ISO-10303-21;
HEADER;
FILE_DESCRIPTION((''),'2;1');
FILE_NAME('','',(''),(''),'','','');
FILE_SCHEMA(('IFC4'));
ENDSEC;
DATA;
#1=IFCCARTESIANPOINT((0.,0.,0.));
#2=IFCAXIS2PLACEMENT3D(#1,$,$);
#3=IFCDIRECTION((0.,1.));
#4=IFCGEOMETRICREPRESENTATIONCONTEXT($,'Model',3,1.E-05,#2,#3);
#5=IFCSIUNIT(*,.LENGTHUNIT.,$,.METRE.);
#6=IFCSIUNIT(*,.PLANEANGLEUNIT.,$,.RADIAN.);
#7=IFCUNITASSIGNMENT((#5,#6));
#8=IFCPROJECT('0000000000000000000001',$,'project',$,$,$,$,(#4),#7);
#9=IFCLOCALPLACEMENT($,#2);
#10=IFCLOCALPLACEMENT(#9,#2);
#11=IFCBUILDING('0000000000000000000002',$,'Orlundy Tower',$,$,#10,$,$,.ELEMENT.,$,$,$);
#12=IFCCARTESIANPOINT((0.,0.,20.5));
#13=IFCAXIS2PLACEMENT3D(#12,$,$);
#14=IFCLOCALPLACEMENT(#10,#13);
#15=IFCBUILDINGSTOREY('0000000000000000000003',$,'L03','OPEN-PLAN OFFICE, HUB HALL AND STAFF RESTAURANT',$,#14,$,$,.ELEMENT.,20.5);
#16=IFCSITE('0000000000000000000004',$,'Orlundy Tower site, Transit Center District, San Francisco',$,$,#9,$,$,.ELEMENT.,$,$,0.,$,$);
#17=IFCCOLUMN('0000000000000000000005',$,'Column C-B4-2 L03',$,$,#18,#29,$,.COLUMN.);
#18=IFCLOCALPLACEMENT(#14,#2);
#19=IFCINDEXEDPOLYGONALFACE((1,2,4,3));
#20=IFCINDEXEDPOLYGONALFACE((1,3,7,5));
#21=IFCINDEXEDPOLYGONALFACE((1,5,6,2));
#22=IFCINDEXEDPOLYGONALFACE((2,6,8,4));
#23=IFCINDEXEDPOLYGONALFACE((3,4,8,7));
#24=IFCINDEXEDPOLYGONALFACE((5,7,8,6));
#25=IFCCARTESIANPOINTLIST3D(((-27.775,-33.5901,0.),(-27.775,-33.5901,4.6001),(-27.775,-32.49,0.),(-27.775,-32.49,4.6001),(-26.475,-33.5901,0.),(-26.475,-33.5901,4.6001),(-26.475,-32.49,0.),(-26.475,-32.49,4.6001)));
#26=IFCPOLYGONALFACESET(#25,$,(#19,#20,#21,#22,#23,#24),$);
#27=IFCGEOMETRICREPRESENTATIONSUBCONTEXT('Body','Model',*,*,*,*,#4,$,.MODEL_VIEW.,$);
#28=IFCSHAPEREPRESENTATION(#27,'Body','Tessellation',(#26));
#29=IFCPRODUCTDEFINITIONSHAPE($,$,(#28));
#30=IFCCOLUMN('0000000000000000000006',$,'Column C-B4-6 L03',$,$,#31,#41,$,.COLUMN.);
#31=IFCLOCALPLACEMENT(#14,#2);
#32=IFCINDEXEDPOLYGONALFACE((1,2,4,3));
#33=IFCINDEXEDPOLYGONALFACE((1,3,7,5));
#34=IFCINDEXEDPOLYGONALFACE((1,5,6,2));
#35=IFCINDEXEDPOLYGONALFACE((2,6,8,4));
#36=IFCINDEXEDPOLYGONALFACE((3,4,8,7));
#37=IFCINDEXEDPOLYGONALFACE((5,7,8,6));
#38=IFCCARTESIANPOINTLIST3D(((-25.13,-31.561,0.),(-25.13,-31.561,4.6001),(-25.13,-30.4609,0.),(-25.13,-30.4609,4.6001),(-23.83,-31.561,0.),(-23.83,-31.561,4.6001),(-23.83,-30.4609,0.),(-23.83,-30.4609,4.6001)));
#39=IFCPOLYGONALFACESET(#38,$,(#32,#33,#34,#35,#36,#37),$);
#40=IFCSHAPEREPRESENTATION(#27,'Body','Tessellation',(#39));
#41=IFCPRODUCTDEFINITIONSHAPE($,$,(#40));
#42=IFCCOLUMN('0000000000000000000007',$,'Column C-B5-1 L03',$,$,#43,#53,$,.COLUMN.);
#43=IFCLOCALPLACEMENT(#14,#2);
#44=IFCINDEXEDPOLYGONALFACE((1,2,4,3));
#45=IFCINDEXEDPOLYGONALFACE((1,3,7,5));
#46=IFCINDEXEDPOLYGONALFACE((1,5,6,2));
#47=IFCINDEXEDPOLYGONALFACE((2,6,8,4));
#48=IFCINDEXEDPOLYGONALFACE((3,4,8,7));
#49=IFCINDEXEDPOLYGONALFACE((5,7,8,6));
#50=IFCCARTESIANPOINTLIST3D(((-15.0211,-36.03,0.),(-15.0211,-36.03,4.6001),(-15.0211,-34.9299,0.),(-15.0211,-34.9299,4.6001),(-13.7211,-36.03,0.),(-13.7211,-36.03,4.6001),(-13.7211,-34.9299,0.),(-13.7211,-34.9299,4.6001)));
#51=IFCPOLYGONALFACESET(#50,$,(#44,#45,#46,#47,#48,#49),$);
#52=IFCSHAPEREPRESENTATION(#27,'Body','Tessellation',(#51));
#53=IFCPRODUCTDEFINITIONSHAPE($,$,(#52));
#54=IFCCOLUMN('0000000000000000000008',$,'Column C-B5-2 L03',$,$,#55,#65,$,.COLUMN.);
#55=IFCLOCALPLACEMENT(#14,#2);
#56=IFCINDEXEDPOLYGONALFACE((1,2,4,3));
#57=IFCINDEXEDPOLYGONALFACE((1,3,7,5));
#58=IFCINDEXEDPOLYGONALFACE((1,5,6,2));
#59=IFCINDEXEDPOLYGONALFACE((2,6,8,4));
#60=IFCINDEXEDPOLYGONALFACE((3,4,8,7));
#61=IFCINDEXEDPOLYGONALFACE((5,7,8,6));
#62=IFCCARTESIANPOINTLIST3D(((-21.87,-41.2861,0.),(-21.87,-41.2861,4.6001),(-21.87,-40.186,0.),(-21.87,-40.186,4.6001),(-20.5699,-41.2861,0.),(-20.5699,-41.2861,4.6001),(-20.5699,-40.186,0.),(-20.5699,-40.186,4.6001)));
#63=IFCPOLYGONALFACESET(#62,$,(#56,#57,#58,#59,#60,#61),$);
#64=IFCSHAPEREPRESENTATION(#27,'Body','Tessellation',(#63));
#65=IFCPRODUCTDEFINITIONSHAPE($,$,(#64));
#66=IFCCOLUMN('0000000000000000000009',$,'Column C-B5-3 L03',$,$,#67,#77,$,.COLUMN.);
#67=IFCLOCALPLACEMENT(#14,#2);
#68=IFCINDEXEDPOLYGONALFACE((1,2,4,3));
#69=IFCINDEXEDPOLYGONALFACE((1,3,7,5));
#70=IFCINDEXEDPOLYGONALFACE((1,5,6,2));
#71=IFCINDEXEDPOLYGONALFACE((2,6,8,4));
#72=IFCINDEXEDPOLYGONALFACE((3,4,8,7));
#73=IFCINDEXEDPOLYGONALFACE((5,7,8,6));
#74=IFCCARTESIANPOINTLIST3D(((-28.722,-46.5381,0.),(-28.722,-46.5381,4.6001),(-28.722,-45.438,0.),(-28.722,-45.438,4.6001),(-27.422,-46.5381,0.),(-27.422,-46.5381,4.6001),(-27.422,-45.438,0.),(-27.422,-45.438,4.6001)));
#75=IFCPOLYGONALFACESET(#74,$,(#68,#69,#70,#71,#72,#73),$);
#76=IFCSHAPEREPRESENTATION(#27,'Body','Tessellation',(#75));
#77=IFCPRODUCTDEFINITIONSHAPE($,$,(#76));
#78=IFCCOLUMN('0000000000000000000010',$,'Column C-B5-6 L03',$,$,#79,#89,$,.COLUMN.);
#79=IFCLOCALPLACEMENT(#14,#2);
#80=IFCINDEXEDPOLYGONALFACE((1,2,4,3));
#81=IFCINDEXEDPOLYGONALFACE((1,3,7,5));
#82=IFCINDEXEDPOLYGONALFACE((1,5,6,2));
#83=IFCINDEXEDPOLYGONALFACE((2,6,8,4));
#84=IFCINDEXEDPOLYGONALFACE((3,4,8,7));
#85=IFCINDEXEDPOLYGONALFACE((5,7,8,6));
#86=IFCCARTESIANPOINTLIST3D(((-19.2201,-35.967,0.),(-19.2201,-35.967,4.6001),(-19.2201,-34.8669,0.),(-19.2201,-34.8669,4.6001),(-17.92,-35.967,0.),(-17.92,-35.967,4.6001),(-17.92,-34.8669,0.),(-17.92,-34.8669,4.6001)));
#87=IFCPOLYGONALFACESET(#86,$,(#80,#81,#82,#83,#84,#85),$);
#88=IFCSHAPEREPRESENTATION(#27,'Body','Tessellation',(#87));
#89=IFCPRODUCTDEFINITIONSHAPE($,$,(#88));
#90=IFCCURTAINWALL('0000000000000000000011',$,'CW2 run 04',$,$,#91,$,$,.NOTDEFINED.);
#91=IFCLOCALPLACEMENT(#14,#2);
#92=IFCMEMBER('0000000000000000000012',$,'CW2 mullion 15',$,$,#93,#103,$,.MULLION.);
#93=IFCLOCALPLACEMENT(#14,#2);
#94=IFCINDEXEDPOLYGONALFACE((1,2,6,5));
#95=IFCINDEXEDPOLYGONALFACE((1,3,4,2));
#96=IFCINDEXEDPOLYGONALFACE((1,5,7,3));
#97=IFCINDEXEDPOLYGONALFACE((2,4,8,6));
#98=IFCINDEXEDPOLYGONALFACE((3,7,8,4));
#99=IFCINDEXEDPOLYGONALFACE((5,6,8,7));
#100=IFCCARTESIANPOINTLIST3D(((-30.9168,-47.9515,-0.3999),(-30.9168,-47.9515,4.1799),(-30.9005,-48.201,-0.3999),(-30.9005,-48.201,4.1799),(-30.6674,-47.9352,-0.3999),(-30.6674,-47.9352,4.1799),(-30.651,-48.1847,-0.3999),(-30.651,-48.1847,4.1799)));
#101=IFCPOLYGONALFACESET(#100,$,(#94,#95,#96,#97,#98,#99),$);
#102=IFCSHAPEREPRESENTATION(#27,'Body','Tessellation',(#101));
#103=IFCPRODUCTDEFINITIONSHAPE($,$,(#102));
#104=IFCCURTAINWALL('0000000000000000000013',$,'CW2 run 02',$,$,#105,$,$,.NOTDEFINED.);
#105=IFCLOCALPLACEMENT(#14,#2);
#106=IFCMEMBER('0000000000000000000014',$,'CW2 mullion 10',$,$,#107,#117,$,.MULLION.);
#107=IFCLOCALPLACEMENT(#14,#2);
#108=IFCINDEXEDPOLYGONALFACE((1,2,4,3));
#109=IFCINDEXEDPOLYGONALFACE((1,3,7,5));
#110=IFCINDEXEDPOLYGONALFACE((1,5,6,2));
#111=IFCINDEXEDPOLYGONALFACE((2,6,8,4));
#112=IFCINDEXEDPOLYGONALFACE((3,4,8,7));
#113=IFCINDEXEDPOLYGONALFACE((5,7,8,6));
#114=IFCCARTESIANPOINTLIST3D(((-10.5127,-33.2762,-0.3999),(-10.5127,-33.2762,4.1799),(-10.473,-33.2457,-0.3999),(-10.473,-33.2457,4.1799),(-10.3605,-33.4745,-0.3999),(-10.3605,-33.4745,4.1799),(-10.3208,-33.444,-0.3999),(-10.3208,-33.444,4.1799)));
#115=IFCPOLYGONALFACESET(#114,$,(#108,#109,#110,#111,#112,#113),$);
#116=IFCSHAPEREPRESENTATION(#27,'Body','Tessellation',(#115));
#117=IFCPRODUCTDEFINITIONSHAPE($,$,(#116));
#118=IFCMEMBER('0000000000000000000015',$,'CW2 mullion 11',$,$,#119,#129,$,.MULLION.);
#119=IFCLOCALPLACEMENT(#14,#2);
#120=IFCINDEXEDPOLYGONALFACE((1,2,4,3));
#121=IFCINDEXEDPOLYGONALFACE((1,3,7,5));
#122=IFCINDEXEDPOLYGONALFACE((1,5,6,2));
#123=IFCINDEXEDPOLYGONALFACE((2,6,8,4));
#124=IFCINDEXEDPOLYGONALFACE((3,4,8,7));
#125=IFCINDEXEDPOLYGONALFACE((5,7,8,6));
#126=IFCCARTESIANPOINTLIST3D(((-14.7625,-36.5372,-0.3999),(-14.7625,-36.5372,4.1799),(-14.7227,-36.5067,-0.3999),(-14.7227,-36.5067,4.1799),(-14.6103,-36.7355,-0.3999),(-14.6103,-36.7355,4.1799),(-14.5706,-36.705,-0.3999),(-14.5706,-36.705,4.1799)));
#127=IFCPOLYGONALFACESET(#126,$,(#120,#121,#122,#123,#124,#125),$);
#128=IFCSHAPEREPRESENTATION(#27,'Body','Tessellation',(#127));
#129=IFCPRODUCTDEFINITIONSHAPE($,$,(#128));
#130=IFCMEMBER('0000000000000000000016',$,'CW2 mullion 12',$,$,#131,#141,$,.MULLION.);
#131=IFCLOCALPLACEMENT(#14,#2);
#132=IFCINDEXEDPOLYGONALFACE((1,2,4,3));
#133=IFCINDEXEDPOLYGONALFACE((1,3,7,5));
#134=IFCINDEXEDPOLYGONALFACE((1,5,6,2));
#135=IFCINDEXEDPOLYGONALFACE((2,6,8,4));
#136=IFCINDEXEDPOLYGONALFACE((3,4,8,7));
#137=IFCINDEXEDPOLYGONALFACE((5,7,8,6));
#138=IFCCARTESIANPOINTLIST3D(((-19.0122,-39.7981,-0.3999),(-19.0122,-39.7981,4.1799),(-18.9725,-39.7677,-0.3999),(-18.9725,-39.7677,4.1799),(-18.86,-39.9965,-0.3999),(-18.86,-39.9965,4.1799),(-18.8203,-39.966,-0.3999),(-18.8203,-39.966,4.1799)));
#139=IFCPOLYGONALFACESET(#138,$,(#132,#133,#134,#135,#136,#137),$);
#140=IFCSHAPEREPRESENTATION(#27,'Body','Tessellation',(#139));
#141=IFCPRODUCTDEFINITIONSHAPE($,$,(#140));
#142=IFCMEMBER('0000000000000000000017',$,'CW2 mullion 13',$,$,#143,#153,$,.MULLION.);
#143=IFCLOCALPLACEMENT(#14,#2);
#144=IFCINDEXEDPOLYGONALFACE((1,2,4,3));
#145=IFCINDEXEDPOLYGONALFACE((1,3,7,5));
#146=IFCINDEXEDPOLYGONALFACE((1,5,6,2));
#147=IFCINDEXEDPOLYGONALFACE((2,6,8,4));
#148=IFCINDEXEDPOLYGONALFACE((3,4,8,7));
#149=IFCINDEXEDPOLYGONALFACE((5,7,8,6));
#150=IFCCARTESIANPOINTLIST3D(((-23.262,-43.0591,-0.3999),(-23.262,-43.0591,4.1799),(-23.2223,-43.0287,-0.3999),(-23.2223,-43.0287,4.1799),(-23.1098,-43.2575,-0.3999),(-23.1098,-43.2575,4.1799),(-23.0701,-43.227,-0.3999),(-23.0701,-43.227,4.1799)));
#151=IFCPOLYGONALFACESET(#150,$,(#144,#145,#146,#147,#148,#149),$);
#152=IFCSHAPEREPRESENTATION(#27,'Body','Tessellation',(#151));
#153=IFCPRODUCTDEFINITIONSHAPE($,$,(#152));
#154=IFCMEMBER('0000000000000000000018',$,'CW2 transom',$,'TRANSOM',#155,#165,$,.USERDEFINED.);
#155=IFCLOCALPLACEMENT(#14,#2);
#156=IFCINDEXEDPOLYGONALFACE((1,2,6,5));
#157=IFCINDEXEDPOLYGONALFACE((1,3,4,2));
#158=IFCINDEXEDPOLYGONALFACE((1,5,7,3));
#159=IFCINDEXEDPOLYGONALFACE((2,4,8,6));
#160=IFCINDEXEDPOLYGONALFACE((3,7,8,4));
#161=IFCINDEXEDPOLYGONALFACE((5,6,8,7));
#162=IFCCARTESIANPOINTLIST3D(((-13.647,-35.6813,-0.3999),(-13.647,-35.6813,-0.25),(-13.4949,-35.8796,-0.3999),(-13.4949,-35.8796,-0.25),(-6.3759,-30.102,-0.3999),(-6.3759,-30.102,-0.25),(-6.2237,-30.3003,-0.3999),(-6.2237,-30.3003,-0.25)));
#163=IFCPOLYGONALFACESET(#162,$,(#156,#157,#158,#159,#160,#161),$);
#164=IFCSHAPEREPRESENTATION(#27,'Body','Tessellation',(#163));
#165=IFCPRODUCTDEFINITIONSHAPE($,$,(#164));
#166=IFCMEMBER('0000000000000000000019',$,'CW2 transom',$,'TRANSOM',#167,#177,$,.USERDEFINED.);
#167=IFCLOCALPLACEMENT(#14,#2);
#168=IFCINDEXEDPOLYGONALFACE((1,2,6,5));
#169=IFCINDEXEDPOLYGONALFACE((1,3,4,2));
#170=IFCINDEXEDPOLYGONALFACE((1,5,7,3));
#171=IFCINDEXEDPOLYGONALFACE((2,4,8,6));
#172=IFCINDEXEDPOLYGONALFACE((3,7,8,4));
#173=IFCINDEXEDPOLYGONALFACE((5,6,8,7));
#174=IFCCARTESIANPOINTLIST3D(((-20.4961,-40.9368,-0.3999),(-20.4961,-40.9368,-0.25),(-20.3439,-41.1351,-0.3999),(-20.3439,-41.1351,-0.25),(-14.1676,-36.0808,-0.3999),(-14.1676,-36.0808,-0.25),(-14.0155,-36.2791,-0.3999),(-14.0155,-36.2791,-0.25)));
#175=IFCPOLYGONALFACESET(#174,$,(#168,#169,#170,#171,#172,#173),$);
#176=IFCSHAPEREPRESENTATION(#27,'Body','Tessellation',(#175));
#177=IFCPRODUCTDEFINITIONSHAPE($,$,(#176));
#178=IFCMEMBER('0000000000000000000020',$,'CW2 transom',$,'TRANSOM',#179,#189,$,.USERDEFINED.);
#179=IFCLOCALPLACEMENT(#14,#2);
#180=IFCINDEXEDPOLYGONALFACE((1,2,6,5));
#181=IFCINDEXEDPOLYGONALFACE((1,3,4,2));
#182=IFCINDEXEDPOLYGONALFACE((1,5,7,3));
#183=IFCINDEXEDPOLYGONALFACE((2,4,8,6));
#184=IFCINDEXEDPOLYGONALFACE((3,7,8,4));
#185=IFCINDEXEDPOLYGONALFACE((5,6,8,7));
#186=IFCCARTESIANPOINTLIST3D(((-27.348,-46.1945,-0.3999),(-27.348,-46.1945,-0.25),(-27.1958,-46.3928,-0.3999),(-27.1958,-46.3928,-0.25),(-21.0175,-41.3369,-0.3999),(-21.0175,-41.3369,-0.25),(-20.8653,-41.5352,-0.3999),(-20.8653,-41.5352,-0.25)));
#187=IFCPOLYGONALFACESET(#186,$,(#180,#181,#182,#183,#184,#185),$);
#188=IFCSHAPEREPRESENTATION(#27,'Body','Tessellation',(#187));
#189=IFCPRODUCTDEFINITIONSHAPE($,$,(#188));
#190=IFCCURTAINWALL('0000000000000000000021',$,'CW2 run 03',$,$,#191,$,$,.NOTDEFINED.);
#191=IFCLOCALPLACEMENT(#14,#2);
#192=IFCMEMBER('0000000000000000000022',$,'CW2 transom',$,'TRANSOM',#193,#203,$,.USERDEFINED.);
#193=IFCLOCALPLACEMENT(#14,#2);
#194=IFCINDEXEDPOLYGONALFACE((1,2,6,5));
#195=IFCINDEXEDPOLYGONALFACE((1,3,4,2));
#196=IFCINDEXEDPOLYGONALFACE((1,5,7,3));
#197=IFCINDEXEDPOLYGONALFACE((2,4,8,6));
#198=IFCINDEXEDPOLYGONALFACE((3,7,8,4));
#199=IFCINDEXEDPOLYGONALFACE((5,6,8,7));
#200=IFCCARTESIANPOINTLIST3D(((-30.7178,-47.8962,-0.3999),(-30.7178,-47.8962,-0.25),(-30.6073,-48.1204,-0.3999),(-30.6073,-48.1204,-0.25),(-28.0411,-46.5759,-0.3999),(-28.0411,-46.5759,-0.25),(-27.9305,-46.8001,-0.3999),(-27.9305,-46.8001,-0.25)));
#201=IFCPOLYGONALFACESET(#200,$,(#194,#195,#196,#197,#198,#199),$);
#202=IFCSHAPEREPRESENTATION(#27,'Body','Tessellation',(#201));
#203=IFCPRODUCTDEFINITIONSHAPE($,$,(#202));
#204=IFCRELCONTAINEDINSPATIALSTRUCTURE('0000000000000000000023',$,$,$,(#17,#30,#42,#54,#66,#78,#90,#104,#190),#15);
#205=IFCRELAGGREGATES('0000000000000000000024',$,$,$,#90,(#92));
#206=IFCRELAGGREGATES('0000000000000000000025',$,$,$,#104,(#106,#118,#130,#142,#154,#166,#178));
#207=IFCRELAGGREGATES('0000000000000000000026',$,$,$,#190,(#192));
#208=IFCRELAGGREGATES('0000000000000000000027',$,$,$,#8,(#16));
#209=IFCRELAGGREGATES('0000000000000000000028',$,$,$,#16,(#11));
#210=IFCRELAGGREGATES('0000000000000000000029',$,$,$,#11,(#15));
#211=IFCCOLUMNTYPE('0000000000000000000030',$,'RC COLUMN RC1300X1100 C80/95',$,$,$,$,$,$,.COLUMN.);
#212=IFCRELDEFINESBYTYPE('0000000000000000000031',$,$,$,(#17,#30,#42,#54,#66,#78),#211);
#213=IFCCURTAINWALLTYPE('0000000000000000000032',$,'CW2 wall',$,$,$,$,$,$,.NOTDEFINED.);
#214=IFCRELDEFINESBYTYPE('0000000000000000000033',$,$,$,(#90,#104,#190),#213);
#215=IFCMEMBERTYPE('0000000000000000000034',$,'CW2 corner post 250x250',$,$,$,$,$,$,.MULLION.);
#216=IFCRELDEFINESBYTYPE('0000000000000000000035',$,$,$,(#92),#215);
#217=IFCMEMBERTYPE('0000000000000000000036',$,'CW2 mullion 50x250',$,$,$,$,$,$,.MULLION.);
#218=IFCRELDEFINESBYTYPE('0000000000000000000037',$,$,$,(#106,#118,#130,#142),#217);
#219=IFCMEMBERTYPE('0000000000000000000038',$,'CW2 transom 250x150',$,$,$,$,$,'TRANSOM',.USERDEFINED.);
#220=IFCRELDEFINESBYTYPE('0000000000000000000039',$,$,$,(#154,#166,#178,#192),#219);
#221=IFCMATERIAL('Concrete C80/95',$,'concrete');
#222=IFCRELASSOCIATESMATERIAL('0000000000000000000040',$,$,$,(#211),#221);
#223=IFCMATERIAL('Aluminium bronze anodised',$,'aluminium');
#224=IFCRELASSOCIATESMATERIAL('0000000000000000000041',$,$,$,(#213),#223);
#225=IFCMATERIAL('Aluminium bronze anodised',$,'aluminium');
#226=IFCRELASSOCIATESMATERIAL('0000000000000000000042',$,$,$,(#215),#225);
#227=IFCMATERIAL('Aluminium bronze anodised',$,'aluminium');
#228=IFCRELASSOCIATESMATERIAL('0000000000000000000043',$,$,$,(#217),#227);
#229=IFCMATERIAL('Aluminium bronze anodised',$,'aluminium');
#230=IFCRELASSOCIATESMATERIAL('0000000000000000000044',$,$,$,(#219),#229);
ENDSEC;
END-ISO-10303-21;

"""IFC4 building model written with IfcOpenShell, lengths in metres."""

from ifc_helpers import new_model, si_unit, direction, frame, origin, origin_2d, place, context, subcontext, project, spatial, rectangle, extrude, material, material_profile, profile_set, type_object, element, aggregate, save


model = new_model("IFC4")

# Units and contexts
model_context = context("Model", 3, precision=1e-05, world=origin(), true_north=direction((0.0, 1.0)))
body_context = subcontext(model_context, "Body", "Model", "MODEL_VIEW")
ifc_project = project(units=[si_unit("LENGTHUNIT", "METRE"), si_unit("PLANEANGLEUNIT", "RADIAN")], contexts=[model_context])

# Site, building, storey
site_placement = place(None, origin())
site = spatial("IfcSite", under=ifc_project, at=site_placement, Name="Orlundy Tower site, Transit Center District, San Francisco", CompositionType="ELEMENT", RefElevation=0.0)
building_placement = place(site_placement, origin())
building = spatial("IfcBuilding", under=site, at=building_placement, Name="Orlundy Tower", CompositionType="ELEMENT")
storey_placement = place(building_placement, frame((0.0, 0.0, 20.5)))
storey = spatial("IfcBuildingStorey", under=building, at=storey_placement, Name="L03", Description="OPEN-PLAN OFFICE, HUB HALL AND STAFF RESTAURANT", CompositionType="ELEMENT", Elevation=20.5)

# Columns
ifc_material_1 = material(Name="Concrete C80/95", Category="concrete")
ifc_material_profile_1 = material_profile(ifc_material_1, rectangle(XDim=1.3, YDim=1.1001, at=origin_2d()), Name="RC1300X1100")
ifc_profile_set_1 = profile_set([ifc_material_profile_1], Name="Concrete C80/95")
column_type = type_object("IfcColumnType", Name="RC COLUMN RC1300X1100 C80/95", PredefinedType="COLUMN", material=ifc_profile_set_1)
for number, where, z_axis, x_axis, name in (
    (1, (-27.125, -33.04, 0.0), (0.0, 0.0, 1.0), (1.0, 0.0, 0.0), "Column C-B4-2 L03"),
    (2, (-24.48, -31.011, 0.0), (0.0, 0.0, 1.0), (1.0, 0.0, 0.0), "Column C-B4-6 L03"),
    (3, (-14.3711, -35.48, 0.0), (0.0, 0.0, 1.0), (1.0, 0.0, 0.0), "Column C-B5-1 L03"),
    (4, (-21.22, -40.7361, 0.0), (0.0, 0.0, 1.0), (1.0, 0.0, 0.0), "Column C-B5-2 L03"),
    (5, (-28.072, -45.988, 0.0), (0.0, 0.0, 1.0), (1.0, 0.0, 0.0), "Column C-B5-3 L03"),
    (6, (-18.5701, -35.417, 0.0), (0.0, 0.0, 1.0), (1.0, 0.0, 0.0), "Column C-B5-6 L03"),
):
    element("IfcColumn", number, at=place(storey_placement, frame(where, z_axis=z_axis, x_axis=x_axis)), inside=storey, type_object=column_type, Name=name, PredefinedType="COLUMN", context=body_context, shape_type="SweptSolid", body=[
        extrude(rectangle(XDim=1.3, YDim=1.1001, at=origin_2d()), origin(), (0.0, 0.0, 1.0), 4.6001),
    ])

# Curtain wall, member
ifc_material_2 = material(Name="Aluminium bronze anodised", Category="aluminium")
curtain_wall_type = type_object("IfcCurtainWallType", Name="CW2 wall", PredefinedType="NOTDEFINED", material=ifc_material_2)
curtain_wall_1_placement = place(storey_placement, origin())
curtain_wall_1 = element("IfcCurtainWall", 7, at=curtain_wall_1_placement, inside=storey, type_object=curtain_wall_type, Name="CW2 run 04", PredefinedType="NOTDEFINED")
ifc_material_3 = material(Name="Aluminium bronze anodised", Category="aluminium")
ifc_material_profile_2 = material_profile(ifc_material_3, rectangle(XDim=0.25, YDim=0.25, at=origin_2d()), Name="CW2 corner post 250x250")
ifc_profile_set_2 = profile_set([ifc_material_profile_2], Name="Aluminium bronze anodised")
member_type_1 = type_object("IfcMemberType", Name="CW2 corner post 250x250", PredefinedType="MULLION", material=ifc_profile_set_2)
member_1_placement = place(storey_placement, frame((-30.7839, -48.0681, -0.3999), z_axis=(0.0, 0.0, 1.0), x_axis=(0.065284, -0.997867, 0.0)))
member_1 = element("IfcMember", 8, at=member_1_placement, type_object=member_type_1, Name="CW2 mullion 15", PredefinedType="MULLION", context=body_context, shape_type="SweptSolid", body=[
    extrude(rectangle(XDim=0.25, YDim=0.25, at=origin_2d()), origin(), (0.0, 0.0, 1.0), 4.5798),
])

# Curtain wall, members
curtain_wall_2_placement = place(storey_placement, origin())
curtain_wall_2 = element("IfcCurtainWall", 9, at=curtain_wall_2_placement, inside=storey, type_object=curtain_wall_type, Name="CW2 run 02", PredefinedType="NOTDEFINED")
ifc_material_4 = material(Name="Aluminium bronze anodised", Category="aluminium")
ifc_material_profile_3 = material_profile(ifc_material_4, rectangle(XDim=0.25, YDim=0.05, at=origin_2d()), Name="CW2 mullion 50x250")
ifc_profile_set_3 = profile_set([ifc_material_profile_3], Name="Aluminium bronze anodised")
member_type_2 = type_object("IfcMemberType", Name="CW2 mullion 50x250", PredefinedType="MULLION", material=ifc_profile_set_3)
member_2_placement = place(storey_placement, frame((-10.4167, -33.3601, -0.3999), z_axis=(0.0, 0.0, 1.0), x_axis=(0.608763, -0.793352, 0.0)))
member_2 = element("IfcMember", 10, at=member_2_placement, type_object=member_type_2, Name="CW2 mullion 10", PredefinedType="MULLION", context=body_context, shape_type="SweptSolid", body=[
    extrude(rectangle(XDim=0.25, YDim=0.05, at=origin_2d()), origin(), (0.0, 0.0, 1.0), 4.5798),
])
member_3_placement = place(storey_placement, frame((-14.6665, -36.6211, -0.3999), z_axis=(0.0, 0.0, 1.0), x_axis=(0.608763, -0.793352, 0.0)))
member_3 = element("IfcMember", 11, at=member_3_placement, type_object=member_type_2, Name="CW2 mullion 11", PredefinedType="MULLION", context=body_context, shape_type="SweptSolid", body=[
    extrude(rectangle(XDim=0.25, YDim=0.05, at=origin_2d()), origin(), (0.0, 0.0, 1.0), 4.5798),
])
member_4_placement = place(storey_placement, frame((-18.9163, -39.8821, -0.3999), z_axis=(0.0, 0.0, 1.0), x_axis=(0.608763, -0.793352, 0.0)))
member_4 = element("IfcMember", 12, at=member_4_placement, type_object=member_type_2, Name="CW2 mullion 12", PredefinedType="MULLION", context=body_context, shape_type="SweptSolid", body=[
    extrude(rectangle(XDim=0.25, YDim=0.05, at=origin_2d()), origin(), (0.0, 0.0, 1.0), 4.5798),
])
member_5_placement = place(storey_placement, frame((-23.166, -43.1431, -0.3999), z_axis=(0.0, 0.0, 1.0), x_axis=(0.608763, -0.793352, 0.0)))
member_5 = element("IfcMember", 13, at=member_5_placement, type_object=member_type_2, Name="CW2 mullion 13", PredefinedType="MULLION", context=body_context, shape_type="SweptSolid", body=[
    extrude(rectangle(XDim=0.25, YDim=0.05, at=origin_2d()), origin(), (0.0, 0.0, 1.0), 4.5798),
])
ifc_material_5 = material(Name="Aluminium bronze anodised", Category="aluminium")
ifc_material_profile_4 = material_profile(ifc_material_5, rectangle(XDim=0.25, YDim=0.1499, at=origin_2d()), Name="CW2 transom 250x150")
ifc_profile_set_4 = profile_set([ifc_material_profile_4], Name="Aluminium bronze anodised")
member_type_3 = type_object("IfcMemberType", Name="CW2 transom 250x150", ElementType="TRANSOM", PredefinedType="USERDEFINED", material=ifc_profile_set_4)
member_6_placement = place(storey_placement, frame((-6.2998, -30.2012, -0.325), z_axis=(-0.793357, -0.608756, 0.0), x_axis=(0.608756, -0.793357, 0.0)))
member_6 = element("IfcMember", 14, at=member_6_placement, type_object=member_type_3, Name="CW2 transom", ObjectType="TRANSOM", PredefinedType="USERDEFINED", context=body_context, shape_type="SweptSolid", body=[
    extrude(rectangle(XDim=0.25, YDim=0.1499, at=origin_2d()), origin(), (0.0, 0.0, 1.0), 9.165),
])
member_7_placement = place(storey_placement, frame((-14.0916, -36.1799, -0.325), z_axis=(-0.793352, -0.608764, 0.0), x_axis=(0.608764, -0.793352, 0.0)))
member_7 = element("IfcMember", 15, at=member_7_placement, type_object=member_type_3, Name="CW2 transom", ObjectType="TRANSOM", PredefinedType="USERDEFINED", context=body_context, shape_type="SweptSolid", body=[
    extrude(rectangle(XDim=0.25, YDim=0.1499, at=origin_2d()), origin(), (0.0, 0.0, 1.0), 7.9768),
])
member_8_placement = place(storey_placement, frame((-20.9414, -41.436, -0.325), z_axis=(-0.79335, -0.608765, 0.0), x_axis=(0.608765, -0.79335, 0.0)))
member_8 = element("IfcMember", 16, at=member_8_placement, type_object=member_type_3, Name="CW2 transom", ObjectType="TRANSOM", PredefinedType="USERDEFINED", context=body_context, shape_type="SweptSolid", body=[
    extrude(rectangle(XDim=0.25, YDim=0.1499, at=origin_2d()), origin(), (0.0, 0.0, 1.0), 7.9795),
])

# Curtain wall, member
curtain_wall_3_placement = place(storey_placement, origin())
curtain_wall_3 = element("IfcCurtainWall", 17, at=curtain_wall_3_placement, inside=storey, type_object=curtain_wall_type, Name="CW2 run 03", PredefinedType="NOTDEFINED")
member_9_placement = place(storey_placement, frame((-27.9858, -46.688, -0.325), z_axis=(-0.896835, -0.442365, 0.0), x_axis=(0.442365, -0.896835, 0.0)))
member_9 = element("IfcMember", 18, at=member_9_placement, type_object=member_type_3, Name="CW2 transom", ObjectType="TRANSOM", PredefinedType="USERDEFINED", context=body_context, shape_type="SweptSolid", body=[
    extrude(rectangle(XDim=0.25, YDim=0.1499, at=origin_2d()), origin(), (0.0, 0.0, 1.0), 2.9846),
])

aggregate(curtain_wall_1, [member_1])

aggregate(curtain_wall_2, [member_2, member_3, member_4, member_5, member_6, member_7, member_8])
aggregate(curtain_wall_3, [member_9])

save(model, "model.ifc")
